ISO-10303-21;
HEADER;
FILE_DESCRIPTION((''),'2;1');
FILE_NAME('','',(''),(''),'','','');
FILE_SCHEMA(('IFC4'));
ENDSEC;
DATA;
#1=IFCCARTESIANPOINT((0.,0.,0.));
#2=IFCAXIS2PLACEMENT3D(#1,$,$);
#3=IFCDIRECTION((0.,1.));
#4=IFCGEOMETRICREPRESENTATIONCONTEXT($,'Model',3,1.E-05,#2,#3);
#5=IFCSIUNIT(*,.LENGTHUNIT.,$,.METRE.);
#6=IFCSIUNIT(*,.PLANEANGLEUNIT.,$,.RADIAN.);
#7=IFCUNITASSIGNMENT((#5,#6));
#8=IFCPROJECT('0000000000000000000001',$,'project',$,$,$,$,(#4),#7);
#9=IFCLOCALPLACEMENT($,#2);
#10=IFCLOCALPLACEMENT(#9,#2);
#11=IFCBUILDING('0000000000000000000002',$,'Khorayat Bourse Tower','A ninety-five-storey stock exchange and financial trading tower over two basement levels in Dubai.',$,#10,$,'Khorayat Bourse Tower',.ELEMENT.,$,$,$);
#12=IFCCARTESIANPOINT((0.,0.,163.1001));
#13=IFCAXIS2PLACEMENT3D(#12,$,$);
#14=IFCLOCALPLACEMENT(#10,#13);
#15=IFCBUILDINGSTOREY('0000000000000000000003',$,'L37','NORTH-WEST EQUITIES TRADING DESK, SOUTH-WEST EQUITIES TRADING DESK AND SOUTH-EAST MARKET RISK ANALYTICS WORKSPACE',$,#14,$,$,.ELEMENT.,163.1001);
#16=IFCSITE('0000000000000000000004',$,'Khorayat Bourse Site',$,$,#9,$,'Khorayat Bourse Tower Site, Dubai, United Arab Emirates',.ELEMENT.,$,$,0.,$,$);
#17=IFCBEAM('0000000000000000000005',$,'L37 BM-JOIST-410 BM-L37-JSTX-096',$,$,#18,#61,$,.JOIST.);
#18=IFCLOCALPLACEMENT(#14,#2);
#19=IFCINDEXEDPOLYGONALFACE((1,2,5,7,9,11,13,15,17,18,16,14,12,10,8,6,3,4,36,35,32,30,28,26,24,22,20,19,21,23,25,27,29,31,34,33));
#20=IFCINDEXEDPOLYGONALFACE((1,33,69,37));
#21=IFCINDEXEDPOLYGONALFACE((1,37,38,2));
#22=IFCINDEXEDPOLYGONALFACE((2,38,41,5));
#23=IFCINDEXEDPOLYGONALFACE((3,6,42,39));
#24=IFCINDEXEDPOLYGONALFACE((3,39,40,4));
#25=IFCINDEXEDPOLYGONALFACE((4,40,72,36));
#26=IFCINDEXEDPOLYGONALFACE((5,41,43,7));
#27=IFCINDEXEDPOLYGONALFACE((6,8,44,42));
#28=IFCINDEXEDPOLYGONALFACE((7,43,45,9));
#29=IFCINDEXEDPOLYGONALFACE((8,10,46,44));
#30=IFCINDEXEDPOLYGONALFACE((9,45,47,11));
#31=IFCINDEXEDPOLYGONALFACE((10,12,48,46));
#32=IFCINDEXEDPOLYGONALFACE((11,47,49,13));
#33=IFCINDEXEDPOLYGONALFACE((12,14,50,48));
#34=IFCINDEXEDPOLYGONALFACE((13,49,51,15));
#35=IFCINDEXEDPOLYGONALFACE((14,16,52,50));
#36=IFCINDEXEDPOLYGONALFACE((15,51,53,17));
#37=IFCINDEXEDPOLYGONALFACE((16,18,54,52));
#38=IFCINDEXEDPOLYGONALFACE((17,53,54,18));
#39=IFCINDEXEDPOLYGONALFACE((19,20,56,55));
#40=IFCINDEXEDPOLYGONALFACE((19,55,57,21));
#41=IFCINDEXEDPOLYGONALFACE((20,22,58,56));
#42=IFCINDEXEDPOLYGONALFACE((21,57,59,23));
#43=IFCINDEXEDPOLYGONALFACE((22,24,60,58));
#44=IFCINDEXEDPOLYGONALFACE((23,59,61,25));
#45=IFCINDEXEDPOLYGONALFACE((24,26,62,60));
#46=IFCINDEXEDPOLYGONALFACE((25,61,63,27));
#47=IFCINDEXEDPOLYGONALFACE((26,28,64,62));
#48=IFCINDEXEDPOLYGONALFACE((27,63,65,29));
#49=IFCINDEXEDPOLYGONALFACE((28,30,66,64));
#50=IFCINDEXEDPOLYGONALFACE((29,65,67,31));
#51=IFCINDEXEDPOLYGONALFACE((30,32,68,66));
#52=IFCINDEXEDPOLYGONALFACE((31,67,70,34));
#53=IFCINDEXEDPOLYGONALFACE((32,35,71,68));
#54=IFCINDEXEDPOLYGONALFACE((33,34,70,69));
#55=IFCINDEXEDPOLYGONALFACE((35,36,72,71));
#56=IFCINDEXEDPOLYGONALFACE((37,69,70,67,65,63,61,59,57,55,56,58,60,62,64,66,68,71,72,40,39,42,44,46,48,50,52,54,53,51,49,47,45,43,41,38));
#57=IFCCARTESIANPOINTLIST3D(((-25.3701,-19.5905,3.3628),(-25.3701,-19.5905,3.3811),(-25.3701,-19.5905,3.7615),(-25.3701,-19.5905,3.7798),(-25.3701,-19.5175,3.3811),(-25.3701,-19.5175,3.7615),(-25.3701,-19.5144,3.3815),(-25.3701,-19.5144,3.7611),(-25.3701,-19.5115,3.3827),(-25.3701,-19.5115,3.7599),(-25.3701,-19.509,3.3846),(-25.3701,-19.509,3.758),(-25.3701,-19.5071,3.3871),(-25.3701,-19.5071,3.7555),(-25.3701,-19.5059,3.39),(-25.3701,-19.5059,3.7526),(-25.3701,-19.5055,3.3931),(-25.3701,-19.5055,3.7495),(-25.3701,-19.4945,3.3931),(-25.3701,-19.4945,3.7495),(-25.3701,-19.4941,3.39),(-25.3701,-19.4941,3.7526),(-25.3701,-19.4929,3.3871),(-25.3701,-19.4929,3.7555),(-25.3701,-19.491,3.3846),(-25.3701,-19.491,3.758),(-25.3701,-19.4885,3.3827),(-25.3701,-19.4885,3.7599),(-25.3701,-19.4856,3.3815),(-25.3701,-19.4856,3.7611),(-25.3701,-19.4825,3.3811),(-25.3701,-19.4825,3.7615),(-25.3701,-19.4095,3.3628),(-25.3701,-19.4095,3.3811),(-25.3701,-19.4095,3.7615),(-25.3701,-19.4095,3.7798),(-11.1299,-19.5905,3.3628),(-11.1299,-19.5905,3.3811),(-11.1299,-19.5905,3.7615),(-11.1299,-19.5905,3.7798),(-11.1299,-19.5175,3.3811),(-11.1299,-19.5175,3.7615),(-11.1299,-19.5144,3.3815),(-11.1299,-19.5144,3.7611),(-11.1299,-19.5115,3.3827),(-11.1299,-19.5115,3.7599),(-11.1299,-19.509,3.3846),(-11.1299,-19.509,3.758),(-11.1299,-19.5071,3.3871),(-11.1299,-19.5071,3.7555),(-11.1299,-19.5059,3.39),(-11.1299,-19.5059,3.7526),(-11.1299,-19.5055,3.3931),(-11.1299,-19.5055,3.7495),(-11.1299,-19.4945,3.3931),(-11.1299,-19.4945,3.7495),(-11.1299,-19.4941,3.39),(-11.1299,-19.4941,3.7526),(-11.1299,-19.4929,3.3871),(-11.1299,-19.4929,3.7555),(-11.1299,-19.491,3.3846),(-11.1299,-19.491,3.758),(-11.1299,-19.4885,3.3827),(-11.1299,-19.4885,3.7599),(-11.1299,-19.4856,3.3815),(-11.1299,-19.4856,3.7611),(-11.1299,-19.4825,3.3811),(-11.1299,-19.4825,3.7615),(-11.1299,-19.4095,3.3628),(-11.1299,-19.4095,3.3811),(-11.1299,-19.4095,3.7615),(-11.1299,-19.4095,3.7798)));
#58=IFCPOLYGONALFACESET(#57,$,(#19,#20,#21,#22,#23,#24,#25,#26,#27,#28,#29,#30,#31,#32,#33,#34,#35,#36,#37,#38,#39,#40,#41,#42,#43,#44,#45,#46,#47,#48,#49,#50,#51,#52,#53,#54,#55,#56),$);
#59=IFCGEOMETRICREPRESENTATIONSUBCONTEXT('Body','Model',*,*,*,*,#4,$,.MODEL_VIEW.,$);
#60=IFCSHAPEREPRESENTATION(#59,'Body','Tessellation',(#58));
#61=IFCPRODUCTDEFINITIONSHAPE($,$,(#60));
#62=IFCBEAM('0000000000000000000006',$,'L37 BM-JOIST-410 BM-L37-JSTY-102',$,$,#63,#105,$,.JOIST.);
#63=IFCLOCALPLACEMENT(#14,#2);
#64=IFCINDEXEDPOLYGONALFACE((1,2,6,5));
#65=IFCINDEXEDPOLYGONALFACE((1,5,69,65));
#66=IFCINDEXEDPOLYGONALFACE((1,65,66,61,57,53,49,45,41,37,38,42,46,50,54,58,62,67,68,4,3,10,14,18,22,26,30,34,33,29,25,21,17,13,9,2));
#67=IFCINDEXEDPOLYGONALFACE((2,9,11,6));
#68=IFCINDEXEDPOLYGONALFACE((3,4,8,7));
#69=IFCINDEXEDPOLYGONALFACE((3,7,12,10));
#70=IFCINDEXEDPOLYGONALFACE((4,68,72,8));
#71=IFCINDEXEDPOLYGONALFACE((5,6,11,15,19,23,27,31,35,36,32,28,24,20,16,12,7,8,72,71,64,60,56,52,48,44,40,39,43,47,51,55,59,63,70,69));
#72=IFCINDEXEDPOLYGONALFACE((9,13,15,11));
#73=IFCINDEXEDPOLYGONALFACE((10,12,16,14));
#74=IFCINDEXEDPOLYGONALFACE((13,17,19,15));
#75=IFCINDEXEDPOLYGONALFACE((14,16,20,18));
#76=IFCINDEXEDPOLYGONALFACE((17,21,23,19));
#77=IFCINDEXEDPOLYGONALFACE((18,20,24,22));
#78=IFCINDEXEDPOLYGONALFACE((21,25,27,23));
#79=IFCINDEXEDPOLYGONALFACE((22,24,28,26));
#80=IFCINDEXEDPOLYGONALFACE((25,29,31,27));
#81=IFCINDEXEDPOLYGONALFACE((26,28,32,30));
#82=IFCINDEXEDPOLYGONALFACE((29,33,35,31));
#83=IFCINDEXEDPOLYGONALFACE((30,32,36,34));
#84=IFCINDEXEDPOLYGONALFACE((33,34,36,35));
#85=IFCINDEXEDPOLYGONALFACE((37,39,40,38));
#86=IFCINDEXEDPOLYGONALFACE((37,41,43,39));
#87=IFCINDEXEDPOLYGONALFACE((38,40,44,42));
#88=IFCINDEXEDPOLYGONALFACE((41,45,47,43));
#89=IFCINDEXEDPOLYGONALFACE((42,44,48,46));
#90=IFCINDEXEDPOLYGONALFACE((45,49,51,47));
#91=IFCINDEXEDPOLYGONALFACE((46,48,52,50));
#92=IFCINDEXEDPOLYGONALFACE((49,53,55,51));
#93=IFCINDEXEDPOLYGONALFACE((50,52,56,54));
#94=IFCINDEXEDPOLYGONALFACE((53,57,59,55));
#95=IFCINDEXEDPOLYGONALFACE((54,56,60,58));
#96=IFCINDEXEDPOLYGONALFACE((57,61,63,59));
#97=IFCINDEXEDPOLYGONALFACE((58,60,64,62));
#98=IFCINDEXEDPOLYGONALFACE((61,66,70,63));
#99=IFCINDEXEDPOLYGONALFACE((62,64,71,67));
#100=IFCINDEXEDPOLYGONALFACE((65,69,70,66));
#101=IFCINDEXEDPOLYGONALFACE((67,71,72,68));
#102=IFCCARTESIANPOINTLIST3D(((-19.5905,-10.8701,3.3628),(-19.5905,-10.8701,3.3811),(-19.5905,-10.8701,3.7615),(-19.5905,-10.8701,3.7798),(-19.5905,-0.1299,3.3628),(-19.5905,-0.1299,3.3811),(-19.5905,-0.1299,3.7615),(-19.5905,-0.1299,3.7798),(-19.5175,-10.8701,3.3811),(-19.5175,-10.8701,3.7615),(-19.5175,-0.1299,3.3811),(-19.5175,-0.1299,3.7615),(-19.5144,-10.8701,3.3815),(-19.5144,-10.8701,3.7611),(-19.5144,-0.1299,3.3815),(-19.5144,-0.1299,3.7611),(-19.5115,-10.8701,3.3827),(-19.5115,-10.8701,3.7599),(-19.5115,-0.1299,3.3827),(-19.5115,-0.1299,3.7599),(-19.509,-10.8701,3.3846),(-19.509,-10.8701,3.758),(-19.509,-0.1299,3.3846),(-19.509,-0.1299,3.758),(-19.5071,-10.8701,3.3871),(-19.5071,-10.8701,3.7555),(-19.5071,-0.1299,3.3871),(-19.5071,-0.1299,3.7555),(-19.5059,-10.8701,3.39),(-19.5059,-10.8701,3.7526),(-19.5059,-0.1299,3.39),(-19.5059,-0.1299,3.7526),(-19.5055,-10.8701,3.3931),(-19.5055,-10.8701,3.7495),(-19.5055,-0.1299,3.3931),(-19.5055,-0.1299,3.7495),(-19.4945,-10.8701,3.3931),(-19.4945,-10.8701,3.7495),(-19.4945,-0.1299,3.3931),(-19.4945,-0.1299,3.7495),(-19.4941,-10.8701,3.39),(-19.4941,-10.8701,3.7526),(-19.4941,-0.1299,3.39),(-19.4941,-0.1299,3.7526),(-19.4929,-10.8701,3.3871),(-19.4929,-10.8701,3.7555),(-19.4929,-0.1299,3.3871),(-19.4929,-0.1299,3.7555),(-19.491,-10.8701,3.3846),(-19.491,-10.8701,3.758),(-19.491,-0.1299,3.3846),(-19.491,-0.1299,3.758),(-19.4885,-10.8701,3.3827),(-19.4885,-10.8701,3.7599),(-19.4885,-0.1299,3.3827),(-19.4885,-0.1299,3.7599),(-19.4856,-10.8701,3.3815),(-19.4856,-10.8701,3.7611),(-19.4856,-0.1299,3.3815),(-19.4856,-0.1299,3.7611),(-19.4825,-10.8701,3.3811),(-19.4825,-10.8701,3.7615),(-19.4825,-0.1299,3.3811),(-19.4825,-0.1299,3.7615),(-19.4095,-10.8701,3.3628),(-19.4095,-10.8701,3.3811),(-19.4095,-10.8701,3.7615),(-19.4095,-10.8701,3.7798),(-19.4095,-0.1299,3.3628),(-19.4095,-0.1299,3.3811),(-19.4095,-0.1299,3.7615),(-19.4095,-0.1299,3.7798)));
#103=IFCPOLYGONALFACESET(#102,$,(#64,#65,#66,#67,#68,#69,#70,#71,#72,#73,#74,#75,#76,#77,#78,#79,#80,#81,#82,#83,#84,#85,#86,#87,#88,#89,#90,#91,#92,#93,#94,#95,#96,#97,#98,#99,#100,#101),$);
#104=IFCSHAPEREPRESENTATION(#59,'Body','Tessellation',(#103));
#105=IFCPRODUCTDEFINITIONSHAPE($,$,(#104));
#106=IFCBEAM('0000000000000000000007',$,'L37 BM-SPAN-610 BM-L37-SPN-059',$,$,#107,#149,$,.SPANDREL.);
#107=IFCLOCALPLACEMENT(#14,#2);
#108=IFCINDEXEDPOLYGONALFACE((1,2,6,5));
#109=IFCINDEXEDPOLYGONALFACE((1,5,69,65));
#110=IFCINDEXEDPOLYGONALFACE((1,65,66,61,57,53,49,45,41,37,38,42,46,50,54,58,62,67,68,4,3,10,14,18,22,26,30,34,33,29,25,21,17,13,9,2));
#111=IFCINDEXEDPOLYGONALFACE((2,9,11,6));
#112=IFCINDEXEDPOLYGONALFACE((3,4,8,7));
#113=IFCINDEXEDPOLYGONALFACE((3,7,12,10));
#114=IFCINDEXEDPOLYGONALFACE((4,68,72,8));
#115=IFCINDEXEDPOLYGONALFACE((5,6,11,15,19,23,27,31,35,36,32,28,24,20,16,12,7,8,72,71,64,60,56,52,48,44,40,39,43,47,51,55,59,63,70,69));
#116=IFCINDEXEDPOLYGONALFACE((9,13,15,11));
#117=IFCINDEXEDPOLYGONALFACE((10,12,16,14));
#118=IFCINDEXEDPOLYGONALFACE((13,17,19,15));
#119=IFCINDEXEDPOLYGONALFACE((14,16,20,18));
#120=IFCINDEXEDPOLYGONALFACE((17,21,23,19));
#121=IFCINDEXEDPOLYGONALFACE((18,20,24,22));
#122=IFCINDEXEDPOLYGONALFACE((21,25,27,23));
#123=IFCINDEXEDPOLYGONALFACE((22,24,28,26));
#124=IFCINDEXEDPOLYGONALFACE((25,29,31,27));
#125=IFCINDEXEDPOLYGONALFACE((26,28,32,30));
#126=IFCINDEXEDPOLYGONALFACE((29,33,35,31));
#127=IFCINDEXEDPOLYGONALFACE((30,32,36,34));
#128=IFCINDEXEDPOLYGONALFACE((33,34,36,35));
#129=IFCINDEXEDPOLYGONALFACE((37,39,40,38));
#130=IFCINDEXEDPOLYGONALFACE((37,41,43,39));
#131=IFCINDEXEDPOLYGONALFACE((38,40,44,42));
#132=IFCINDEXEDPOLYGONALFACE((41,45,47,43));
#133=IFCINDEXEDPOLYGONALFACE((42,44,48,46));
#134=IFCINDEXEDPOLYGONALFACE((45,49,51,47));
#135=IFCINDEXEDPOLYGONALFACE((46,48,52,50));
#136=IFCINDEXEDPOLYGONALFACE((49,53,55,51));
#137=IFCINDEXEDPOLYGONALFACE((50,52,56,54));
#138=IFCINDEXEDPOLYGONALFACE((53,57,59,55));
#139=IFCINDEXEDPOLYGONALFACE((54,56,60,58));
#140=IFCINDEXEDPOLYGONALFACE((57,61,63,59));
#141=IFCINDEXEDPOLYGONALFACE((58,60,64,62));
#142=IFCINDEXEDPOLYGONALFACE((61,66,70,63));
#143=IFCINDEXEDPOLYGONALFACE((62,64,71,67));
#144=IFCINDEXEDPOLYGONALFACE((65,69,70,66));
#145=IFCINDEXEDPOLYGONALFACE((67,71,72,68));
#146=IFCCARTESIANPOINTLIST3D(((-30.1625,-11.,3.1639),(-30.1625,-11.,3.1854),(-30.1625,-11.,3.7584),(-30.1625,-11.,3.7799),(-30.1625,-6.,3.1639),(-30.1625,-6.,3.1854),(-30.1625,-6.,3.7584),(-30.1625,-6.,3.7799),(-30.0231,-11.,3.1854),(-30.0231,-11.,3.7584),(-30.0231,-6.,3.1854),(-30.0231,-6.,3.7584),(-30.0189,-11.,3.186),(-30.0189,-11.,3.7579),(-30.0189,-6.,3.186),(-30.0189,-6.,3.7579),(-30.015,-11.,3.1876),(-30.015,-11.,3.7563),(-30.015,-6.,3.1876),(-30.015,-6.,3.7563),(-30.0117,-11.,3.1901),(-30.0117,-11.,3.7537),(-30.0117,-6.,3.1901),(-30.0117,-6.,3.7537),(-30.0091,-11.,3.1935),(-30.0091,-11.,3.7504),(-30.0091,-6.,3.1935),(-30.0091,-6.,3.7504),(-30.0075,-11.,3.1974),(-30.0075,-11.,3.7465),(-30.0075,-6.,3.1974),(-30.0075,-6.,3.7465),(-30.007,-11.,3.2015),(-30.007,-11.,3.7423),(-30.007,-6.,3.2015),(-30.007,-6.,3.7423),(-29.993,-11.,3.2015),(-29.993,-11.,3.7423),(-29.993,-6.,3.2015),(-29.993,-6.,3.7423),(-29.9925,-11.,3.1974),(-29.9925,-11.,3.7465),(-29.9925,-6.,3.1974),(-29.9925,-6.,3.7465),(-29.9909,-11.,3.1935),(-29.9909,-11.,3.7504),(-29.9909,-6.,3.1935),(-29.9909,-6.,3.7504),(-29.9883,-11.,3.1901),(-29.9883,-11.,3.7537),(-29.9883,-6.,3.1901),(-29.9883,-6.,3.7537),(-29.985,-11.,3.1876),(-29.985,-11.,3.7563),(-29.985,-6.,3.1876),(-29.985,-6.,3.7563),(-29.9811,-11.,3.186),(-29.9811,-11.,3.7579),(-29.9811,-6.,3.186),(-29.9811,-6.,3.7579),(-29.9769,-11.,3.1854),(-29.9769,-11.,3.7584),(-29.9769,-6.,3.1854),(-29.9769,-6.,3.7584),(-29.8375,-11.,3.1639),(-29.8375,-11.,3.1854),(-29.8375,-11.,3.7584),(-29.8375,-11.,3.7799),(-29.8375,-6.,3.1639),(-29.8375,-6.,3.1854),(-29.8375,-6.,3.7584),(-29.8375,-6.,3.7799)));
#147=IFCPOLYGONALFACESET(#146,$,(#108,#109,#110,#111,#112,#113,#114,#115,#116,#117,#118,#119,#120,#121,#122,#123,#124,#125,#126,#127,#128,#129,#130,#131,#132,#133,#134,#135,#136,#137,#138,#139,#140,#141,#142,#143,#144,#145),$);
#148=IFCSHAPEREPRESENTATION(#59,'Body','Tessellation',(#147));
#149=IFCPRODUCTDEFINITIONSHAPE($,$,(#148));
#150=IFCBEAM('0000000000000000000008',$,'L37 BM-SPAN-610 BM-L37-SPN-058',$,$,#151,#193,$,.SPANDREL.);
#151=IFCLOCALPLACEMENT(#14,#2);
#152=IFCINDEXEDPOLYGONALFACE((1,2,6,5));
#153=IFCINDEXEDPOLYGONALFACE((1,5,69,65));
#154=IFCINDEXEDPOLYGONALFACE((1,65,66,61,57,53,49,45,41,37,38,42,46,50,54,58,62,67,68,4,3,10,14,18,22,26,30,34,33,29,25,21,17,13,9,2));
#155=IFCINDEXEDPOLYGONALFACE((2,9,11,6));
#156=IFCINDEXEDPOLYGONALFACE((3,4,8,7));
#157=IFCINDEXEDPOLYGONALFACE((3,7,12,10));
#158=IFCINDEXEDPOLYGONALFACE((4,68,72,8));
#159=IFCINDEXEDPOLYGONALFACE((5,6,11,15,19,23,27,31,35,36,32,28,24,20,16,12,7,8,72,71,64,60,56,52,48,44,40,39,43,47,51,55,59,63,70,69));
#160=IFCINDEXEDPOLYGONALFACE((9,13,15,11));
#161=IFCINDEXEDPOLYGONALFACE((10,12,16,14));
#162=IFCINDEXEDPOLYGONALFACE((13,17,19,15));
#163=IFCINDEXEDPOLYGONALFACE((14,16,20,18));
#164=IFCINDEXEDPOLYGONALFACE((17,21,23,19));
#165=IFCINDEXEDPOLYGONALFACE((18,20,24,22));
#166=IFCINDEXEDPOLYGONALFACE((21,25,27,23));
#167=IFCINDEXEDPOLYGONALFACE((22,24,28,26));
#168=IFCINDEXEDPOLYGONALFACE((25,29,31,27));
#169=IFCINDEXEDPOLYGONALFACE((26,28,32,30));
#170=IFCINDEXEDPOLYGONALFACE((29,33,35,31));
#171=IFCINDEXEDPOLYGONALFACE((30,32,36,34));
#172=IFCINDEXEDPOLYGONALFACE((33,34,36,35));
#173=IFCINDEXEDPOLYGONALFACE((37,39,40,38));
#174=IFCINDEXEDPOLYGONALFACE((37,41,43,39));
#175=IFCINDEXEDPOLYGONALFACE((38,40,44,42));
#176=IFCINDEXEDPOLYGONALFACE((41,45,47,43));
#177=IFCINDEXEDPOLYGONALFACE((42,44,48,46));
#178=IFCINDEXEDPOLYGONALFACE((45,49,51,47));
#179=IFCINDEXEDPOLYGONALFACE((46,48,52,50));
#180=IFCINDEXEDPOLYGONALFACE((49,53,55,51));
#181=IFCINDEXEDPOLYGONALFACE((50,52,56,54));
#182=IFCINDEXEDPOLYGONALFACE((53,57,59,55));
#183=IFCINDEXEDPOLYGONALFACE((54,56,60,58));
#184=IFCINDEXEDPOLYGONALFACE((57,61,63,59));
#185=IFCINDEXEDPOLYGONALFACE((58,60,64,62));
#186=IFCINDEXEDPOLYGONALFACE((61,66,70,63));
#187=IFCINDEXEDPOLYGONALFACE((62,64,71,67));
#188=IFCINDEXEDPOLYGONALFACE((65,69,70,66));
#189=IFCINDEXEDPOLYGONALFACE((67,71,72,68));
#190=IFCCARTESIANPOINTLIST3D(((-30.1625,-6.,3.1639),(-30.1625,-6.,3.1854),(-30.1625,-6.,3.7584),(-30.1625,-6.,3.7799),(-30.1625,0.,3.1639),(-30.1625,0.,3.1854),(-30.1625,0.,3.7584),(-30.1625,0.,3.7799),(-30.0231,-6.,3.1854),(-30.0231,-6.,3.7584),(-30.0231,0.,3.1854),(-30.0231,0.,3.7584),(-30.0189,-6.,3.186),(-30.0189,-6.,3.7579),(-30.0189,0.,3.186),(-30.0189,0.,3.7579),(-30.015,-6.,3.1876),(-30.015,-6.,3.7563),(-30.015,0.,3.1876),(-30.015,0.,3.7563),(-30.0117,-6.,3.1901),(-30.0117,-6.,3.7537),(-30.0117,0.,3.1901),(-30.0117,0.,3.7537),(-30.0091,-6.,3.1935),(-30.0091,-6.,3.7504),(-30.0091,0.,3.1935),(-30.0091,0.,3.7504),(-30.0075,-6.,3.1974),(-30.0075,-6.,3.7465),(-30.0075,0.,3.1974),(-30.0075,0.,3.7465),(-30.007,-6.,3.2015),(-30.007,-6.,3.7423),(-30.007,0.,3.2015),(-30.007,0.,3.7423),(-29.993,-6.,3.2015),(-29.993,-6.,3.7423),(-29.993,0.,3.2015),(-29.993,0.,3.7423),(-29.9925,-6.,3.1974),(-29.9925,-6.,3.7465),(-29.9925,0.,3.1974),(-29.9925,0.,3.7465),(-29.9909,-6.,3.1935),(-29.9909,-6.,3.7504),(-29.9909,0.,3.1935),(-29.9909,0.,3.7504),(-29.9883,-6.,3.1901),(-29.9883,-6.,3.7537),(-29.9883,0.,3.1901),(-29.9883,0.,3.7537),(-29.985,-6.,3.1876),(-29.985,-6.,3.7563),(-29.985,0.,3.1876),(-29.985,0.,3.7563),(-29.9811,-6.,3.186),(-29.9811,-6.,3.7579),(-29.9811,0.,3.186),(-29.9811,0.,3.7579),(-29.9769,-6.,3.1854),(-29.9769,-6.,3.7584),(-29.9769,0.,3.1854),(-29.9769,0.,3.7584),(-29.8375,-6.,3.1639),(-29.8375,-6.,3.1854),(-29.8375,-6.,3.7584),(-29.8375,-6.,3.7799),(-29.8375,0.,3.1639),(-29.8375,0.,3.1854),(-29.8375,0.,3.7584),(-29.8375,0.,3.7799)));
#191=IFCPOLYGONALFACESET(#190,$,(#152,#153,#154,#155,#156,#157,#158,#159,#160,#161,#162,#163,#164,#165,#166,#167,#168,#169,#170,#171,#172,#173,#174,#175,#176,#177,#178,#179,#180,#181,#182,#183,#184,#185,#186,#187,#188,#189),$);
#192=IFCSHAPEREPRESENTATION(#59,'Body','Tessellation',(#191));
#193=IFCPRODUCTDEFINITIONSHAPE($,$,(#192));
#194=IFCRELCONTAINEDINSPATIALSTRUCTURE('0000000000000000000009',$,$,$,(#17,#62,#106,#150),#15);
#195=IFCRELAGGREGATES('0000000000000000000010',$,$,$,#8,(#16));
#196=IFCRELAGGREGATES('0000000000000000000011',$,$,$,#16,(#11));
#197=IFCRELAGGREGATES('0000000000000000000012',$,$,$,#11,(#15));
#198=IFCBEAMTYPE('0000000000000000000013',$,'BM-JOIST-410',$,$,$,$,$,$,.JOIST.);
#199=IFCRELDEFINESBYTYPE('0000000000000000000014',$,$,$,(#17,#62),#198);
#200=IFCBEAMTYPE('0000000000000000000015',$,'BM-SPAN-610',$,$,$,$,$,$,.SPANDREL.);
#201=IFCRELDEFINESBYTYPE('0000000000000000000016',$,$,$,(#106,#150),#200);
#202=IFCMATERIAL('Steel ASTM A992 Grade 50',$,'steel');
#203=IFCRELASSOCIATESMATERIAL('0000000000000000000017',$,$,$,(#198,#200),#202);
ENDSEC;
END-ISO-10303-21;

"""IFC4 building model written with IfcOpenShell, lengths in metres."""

from ifc_helpers import new_model, si_unit, direction, frame, origin, origin_2d, place, context, subcontext, project, spatial, i_section, extrude, source, transform, mapped, material, material_profile, profile_set, type_object, element, save


model = new_model("IFC4")

# Units and contexts
model_context = context("Model", 3, precision=1e-05, world=origin(), true_north=direction((0.0, 1.0)))
body_context = subcontext(model_context, "Body", "Model", "MODEL_VIEW")
ifc_project = project(units=[si_unit("LENGTHUNIT", "METRE"), si_unit("PLANEANGLEUNIT", "RADIAN")], contexts=[model_context])

# Site, building, storey
site_placement = place(None, origin())
site = spatial("IfcSite", under=ifc_project, at=site_placement, Name="Khorayat Bourse Site", LongName="Khorayat Bourse Tower Site, Dubai, United Arab Emirates", CompositionType="ELEMENT", RefElevation=0.0)
building_placement = place(site_placement, origin())
building = spatial("IfcBuilding", under=site, at=building_placement, Name="Khorayat Bourse Tower", Description="A ninety-five-storey stock exchange and financial trading tower over two basement levels in Dubai.", LongName="Khorayat Bourse Tower", CompositionType="ELEMENT")
storey_placement = place(building_placement, frame((0.0, 0.0, 163.1001)))
storey = spatial("IfcBuildingStorey", under=building, at=storey_placement, Name="L37", Description="NORTH-WEST EQUITIES TRADING DESK, SOUTH-WEST EQUITIES TRADING DESK AND SOUTH-EAST MARKET RISK ANALYTICS WORKSPACE", CompositionType="ELEMENT", Elevation=163.1001)

# Beams
ifc_material_1 = material(Name="Steel ASTM A992 Grade 50", Category="steel")
ifc_material_profile_1 = material_profile(ifc_material_1, i_section(OverallWidth=0.1809, OverallDepth=0.417, WebThickness=0.011, FlangeThickness=0.0183, FilletRadius=0.012, at=origin_2d()), Name="W410X85")
ifc_profile_set_1 = profile_set([ifc_material_profile_1], Name="Steel ASTM A992 Grade 50")
beam_type_1 = type_object("IfcBeamType", Name="BM-JOIST-410", PredefinedType="JOIST", material=ifc_profile_set_1)
shared_shape_1 = source(origin(), body_context, "Body", "SweptSolid", [
    extrude(i_section(OverallWidth=0.1809, OverallDepth=0.417, WebThickness=0.011, FlangeThickness=0.0183, FilletRadius=0.012, at=origin_2d()), origin(), (0.0, 0.0, 1.0), 14.2402),
])
beam_1_placement = place(storey_placement, frame((-25.3701, -19.5, 3.5713), z_axis=(1.0, 0.0, 0.0), x_axis=(0.0, 1.0, 0.0)))
element("IfcBeam", 1, at=beam_1_placement, inside=storey, type_object=beam_type_1, Name="L37 BM-JOIST-410 BM-L37-JSTX-096", PredefinedType="JOIST", context=body_context, shape_type="MappedRepresentation", body=[
    mapped(shared_shape_1, transform((0.0, 0.0, 0.0), scale=1.0)),
])
shared_shape_2 = source(origin(), body_context, "Body", "SweptSolid", [
    extrude(i_section(OverallWidth=0.1809, OverallDepth=0.417, WebThickness=0.011, FlangeThickness=0.0183, FilletRadius=0.012, at=origin_2d()), origin(), (0.0, 0.0, 1.0), 10.7402),
])
beam_2_placement = place(storey_placement, frame((-19.5, -10.8701, 3.5713), z_axis=(0.0, 1.0, 0.0), x_axis=(-1.0, 0.0, 0.0)))
element("IfcBeam", 2, at=beam_2_placement, inside=storey, type_object=beam_type_1, Name="L37 BM-JOIST-410 BM-L37-JSTY-102", PredefinedType="JOIST", context=body_context, shape_type="MappedRepresentation", body=[
    mapped(shared_shape_2, transform((0.0, 0.0, 0.0), scale=1.0)),
])
ifc_material_profile_2 = material_profile(ifc_material_1, i_section(OverallWidth=0.325, OverallDepth=0.616, WebThickness=0.0139, FlangeThickness=0.0215, FilletRadius=0.0161, at=origin_2d()), Name="W610X174")
ifc_profile_set_2 = profile_set([ifc_material_profile_2], Name="Steel ASTM A992 Grade 50")
beam_type_2 = type_object("IfcBeamType", Name="BM-SPAN-610", PredefinedType="SPANDREL", material=ifc_profile_set_2)
shared_shape_3 = source(origin(), body_context, "Body", "SweptSolid", [
    extrude(i_section(OverallWidth=0.325, OverallDepth=0.616, WebThickness=0.0139, FlangeThickness=0.0215, FilletRadius=0.0161, at=origin_2d()), origin(), (0.0, 0.0, 1.0), 5.0),
])
beam_3_placement = place(storey_placement, frame((-30.0, -11.0, 3.4719), z_axis=(0.0, 1.0, 0.0), x_axis=(-1.0, 0.0, 0.0)))
element("IfcBeam", 3, at=beam_3_placement, inside=storey, type_object=beam_type_2, Name="L37 BM-SPAN-610 BM-L37-SPN-059", PredefinedType="SPANDREL", context=body_context, shape_type="MappedRepresentation", body=[
    mapped(shared_shape_3, transform((0.0, 0.0, 0.0), scale=1.0)),
])
shared_shape_4 = source(origin(), body_context, "Body", "SweptSolid", [
    extrude(i_section(OverallWidth=0.325, OverallDepth=0.616, WebThickness=0.0139, FlangeThickness=0.0215, FilletRadius=0.0161, at=origin_2d()), origin(), (0.0, 0.0, 1.0), 6.0),
])
beam_4_placement = place(storey_placement, frame((-30.0, -6.0, 3.4719), z_axis=(0.0, 1.0, 0.0), x_axis=(-1.0, 0.0, 0.0)))
element("IfcBeam", 4, at=beam_4_placement, inside=storey, type_object=beam_type_2, Name="L37 BM-SPAN-610 BM-L37-SPN-058", PredefinedType="SPANDREL", context=body_context, shape_type="MappedRepresentation", body=[
    mapped(shared_shape_4, transform((0.0, 0.0, 0.0), scale=1.0)),
])

save(model, "model.ifc")
